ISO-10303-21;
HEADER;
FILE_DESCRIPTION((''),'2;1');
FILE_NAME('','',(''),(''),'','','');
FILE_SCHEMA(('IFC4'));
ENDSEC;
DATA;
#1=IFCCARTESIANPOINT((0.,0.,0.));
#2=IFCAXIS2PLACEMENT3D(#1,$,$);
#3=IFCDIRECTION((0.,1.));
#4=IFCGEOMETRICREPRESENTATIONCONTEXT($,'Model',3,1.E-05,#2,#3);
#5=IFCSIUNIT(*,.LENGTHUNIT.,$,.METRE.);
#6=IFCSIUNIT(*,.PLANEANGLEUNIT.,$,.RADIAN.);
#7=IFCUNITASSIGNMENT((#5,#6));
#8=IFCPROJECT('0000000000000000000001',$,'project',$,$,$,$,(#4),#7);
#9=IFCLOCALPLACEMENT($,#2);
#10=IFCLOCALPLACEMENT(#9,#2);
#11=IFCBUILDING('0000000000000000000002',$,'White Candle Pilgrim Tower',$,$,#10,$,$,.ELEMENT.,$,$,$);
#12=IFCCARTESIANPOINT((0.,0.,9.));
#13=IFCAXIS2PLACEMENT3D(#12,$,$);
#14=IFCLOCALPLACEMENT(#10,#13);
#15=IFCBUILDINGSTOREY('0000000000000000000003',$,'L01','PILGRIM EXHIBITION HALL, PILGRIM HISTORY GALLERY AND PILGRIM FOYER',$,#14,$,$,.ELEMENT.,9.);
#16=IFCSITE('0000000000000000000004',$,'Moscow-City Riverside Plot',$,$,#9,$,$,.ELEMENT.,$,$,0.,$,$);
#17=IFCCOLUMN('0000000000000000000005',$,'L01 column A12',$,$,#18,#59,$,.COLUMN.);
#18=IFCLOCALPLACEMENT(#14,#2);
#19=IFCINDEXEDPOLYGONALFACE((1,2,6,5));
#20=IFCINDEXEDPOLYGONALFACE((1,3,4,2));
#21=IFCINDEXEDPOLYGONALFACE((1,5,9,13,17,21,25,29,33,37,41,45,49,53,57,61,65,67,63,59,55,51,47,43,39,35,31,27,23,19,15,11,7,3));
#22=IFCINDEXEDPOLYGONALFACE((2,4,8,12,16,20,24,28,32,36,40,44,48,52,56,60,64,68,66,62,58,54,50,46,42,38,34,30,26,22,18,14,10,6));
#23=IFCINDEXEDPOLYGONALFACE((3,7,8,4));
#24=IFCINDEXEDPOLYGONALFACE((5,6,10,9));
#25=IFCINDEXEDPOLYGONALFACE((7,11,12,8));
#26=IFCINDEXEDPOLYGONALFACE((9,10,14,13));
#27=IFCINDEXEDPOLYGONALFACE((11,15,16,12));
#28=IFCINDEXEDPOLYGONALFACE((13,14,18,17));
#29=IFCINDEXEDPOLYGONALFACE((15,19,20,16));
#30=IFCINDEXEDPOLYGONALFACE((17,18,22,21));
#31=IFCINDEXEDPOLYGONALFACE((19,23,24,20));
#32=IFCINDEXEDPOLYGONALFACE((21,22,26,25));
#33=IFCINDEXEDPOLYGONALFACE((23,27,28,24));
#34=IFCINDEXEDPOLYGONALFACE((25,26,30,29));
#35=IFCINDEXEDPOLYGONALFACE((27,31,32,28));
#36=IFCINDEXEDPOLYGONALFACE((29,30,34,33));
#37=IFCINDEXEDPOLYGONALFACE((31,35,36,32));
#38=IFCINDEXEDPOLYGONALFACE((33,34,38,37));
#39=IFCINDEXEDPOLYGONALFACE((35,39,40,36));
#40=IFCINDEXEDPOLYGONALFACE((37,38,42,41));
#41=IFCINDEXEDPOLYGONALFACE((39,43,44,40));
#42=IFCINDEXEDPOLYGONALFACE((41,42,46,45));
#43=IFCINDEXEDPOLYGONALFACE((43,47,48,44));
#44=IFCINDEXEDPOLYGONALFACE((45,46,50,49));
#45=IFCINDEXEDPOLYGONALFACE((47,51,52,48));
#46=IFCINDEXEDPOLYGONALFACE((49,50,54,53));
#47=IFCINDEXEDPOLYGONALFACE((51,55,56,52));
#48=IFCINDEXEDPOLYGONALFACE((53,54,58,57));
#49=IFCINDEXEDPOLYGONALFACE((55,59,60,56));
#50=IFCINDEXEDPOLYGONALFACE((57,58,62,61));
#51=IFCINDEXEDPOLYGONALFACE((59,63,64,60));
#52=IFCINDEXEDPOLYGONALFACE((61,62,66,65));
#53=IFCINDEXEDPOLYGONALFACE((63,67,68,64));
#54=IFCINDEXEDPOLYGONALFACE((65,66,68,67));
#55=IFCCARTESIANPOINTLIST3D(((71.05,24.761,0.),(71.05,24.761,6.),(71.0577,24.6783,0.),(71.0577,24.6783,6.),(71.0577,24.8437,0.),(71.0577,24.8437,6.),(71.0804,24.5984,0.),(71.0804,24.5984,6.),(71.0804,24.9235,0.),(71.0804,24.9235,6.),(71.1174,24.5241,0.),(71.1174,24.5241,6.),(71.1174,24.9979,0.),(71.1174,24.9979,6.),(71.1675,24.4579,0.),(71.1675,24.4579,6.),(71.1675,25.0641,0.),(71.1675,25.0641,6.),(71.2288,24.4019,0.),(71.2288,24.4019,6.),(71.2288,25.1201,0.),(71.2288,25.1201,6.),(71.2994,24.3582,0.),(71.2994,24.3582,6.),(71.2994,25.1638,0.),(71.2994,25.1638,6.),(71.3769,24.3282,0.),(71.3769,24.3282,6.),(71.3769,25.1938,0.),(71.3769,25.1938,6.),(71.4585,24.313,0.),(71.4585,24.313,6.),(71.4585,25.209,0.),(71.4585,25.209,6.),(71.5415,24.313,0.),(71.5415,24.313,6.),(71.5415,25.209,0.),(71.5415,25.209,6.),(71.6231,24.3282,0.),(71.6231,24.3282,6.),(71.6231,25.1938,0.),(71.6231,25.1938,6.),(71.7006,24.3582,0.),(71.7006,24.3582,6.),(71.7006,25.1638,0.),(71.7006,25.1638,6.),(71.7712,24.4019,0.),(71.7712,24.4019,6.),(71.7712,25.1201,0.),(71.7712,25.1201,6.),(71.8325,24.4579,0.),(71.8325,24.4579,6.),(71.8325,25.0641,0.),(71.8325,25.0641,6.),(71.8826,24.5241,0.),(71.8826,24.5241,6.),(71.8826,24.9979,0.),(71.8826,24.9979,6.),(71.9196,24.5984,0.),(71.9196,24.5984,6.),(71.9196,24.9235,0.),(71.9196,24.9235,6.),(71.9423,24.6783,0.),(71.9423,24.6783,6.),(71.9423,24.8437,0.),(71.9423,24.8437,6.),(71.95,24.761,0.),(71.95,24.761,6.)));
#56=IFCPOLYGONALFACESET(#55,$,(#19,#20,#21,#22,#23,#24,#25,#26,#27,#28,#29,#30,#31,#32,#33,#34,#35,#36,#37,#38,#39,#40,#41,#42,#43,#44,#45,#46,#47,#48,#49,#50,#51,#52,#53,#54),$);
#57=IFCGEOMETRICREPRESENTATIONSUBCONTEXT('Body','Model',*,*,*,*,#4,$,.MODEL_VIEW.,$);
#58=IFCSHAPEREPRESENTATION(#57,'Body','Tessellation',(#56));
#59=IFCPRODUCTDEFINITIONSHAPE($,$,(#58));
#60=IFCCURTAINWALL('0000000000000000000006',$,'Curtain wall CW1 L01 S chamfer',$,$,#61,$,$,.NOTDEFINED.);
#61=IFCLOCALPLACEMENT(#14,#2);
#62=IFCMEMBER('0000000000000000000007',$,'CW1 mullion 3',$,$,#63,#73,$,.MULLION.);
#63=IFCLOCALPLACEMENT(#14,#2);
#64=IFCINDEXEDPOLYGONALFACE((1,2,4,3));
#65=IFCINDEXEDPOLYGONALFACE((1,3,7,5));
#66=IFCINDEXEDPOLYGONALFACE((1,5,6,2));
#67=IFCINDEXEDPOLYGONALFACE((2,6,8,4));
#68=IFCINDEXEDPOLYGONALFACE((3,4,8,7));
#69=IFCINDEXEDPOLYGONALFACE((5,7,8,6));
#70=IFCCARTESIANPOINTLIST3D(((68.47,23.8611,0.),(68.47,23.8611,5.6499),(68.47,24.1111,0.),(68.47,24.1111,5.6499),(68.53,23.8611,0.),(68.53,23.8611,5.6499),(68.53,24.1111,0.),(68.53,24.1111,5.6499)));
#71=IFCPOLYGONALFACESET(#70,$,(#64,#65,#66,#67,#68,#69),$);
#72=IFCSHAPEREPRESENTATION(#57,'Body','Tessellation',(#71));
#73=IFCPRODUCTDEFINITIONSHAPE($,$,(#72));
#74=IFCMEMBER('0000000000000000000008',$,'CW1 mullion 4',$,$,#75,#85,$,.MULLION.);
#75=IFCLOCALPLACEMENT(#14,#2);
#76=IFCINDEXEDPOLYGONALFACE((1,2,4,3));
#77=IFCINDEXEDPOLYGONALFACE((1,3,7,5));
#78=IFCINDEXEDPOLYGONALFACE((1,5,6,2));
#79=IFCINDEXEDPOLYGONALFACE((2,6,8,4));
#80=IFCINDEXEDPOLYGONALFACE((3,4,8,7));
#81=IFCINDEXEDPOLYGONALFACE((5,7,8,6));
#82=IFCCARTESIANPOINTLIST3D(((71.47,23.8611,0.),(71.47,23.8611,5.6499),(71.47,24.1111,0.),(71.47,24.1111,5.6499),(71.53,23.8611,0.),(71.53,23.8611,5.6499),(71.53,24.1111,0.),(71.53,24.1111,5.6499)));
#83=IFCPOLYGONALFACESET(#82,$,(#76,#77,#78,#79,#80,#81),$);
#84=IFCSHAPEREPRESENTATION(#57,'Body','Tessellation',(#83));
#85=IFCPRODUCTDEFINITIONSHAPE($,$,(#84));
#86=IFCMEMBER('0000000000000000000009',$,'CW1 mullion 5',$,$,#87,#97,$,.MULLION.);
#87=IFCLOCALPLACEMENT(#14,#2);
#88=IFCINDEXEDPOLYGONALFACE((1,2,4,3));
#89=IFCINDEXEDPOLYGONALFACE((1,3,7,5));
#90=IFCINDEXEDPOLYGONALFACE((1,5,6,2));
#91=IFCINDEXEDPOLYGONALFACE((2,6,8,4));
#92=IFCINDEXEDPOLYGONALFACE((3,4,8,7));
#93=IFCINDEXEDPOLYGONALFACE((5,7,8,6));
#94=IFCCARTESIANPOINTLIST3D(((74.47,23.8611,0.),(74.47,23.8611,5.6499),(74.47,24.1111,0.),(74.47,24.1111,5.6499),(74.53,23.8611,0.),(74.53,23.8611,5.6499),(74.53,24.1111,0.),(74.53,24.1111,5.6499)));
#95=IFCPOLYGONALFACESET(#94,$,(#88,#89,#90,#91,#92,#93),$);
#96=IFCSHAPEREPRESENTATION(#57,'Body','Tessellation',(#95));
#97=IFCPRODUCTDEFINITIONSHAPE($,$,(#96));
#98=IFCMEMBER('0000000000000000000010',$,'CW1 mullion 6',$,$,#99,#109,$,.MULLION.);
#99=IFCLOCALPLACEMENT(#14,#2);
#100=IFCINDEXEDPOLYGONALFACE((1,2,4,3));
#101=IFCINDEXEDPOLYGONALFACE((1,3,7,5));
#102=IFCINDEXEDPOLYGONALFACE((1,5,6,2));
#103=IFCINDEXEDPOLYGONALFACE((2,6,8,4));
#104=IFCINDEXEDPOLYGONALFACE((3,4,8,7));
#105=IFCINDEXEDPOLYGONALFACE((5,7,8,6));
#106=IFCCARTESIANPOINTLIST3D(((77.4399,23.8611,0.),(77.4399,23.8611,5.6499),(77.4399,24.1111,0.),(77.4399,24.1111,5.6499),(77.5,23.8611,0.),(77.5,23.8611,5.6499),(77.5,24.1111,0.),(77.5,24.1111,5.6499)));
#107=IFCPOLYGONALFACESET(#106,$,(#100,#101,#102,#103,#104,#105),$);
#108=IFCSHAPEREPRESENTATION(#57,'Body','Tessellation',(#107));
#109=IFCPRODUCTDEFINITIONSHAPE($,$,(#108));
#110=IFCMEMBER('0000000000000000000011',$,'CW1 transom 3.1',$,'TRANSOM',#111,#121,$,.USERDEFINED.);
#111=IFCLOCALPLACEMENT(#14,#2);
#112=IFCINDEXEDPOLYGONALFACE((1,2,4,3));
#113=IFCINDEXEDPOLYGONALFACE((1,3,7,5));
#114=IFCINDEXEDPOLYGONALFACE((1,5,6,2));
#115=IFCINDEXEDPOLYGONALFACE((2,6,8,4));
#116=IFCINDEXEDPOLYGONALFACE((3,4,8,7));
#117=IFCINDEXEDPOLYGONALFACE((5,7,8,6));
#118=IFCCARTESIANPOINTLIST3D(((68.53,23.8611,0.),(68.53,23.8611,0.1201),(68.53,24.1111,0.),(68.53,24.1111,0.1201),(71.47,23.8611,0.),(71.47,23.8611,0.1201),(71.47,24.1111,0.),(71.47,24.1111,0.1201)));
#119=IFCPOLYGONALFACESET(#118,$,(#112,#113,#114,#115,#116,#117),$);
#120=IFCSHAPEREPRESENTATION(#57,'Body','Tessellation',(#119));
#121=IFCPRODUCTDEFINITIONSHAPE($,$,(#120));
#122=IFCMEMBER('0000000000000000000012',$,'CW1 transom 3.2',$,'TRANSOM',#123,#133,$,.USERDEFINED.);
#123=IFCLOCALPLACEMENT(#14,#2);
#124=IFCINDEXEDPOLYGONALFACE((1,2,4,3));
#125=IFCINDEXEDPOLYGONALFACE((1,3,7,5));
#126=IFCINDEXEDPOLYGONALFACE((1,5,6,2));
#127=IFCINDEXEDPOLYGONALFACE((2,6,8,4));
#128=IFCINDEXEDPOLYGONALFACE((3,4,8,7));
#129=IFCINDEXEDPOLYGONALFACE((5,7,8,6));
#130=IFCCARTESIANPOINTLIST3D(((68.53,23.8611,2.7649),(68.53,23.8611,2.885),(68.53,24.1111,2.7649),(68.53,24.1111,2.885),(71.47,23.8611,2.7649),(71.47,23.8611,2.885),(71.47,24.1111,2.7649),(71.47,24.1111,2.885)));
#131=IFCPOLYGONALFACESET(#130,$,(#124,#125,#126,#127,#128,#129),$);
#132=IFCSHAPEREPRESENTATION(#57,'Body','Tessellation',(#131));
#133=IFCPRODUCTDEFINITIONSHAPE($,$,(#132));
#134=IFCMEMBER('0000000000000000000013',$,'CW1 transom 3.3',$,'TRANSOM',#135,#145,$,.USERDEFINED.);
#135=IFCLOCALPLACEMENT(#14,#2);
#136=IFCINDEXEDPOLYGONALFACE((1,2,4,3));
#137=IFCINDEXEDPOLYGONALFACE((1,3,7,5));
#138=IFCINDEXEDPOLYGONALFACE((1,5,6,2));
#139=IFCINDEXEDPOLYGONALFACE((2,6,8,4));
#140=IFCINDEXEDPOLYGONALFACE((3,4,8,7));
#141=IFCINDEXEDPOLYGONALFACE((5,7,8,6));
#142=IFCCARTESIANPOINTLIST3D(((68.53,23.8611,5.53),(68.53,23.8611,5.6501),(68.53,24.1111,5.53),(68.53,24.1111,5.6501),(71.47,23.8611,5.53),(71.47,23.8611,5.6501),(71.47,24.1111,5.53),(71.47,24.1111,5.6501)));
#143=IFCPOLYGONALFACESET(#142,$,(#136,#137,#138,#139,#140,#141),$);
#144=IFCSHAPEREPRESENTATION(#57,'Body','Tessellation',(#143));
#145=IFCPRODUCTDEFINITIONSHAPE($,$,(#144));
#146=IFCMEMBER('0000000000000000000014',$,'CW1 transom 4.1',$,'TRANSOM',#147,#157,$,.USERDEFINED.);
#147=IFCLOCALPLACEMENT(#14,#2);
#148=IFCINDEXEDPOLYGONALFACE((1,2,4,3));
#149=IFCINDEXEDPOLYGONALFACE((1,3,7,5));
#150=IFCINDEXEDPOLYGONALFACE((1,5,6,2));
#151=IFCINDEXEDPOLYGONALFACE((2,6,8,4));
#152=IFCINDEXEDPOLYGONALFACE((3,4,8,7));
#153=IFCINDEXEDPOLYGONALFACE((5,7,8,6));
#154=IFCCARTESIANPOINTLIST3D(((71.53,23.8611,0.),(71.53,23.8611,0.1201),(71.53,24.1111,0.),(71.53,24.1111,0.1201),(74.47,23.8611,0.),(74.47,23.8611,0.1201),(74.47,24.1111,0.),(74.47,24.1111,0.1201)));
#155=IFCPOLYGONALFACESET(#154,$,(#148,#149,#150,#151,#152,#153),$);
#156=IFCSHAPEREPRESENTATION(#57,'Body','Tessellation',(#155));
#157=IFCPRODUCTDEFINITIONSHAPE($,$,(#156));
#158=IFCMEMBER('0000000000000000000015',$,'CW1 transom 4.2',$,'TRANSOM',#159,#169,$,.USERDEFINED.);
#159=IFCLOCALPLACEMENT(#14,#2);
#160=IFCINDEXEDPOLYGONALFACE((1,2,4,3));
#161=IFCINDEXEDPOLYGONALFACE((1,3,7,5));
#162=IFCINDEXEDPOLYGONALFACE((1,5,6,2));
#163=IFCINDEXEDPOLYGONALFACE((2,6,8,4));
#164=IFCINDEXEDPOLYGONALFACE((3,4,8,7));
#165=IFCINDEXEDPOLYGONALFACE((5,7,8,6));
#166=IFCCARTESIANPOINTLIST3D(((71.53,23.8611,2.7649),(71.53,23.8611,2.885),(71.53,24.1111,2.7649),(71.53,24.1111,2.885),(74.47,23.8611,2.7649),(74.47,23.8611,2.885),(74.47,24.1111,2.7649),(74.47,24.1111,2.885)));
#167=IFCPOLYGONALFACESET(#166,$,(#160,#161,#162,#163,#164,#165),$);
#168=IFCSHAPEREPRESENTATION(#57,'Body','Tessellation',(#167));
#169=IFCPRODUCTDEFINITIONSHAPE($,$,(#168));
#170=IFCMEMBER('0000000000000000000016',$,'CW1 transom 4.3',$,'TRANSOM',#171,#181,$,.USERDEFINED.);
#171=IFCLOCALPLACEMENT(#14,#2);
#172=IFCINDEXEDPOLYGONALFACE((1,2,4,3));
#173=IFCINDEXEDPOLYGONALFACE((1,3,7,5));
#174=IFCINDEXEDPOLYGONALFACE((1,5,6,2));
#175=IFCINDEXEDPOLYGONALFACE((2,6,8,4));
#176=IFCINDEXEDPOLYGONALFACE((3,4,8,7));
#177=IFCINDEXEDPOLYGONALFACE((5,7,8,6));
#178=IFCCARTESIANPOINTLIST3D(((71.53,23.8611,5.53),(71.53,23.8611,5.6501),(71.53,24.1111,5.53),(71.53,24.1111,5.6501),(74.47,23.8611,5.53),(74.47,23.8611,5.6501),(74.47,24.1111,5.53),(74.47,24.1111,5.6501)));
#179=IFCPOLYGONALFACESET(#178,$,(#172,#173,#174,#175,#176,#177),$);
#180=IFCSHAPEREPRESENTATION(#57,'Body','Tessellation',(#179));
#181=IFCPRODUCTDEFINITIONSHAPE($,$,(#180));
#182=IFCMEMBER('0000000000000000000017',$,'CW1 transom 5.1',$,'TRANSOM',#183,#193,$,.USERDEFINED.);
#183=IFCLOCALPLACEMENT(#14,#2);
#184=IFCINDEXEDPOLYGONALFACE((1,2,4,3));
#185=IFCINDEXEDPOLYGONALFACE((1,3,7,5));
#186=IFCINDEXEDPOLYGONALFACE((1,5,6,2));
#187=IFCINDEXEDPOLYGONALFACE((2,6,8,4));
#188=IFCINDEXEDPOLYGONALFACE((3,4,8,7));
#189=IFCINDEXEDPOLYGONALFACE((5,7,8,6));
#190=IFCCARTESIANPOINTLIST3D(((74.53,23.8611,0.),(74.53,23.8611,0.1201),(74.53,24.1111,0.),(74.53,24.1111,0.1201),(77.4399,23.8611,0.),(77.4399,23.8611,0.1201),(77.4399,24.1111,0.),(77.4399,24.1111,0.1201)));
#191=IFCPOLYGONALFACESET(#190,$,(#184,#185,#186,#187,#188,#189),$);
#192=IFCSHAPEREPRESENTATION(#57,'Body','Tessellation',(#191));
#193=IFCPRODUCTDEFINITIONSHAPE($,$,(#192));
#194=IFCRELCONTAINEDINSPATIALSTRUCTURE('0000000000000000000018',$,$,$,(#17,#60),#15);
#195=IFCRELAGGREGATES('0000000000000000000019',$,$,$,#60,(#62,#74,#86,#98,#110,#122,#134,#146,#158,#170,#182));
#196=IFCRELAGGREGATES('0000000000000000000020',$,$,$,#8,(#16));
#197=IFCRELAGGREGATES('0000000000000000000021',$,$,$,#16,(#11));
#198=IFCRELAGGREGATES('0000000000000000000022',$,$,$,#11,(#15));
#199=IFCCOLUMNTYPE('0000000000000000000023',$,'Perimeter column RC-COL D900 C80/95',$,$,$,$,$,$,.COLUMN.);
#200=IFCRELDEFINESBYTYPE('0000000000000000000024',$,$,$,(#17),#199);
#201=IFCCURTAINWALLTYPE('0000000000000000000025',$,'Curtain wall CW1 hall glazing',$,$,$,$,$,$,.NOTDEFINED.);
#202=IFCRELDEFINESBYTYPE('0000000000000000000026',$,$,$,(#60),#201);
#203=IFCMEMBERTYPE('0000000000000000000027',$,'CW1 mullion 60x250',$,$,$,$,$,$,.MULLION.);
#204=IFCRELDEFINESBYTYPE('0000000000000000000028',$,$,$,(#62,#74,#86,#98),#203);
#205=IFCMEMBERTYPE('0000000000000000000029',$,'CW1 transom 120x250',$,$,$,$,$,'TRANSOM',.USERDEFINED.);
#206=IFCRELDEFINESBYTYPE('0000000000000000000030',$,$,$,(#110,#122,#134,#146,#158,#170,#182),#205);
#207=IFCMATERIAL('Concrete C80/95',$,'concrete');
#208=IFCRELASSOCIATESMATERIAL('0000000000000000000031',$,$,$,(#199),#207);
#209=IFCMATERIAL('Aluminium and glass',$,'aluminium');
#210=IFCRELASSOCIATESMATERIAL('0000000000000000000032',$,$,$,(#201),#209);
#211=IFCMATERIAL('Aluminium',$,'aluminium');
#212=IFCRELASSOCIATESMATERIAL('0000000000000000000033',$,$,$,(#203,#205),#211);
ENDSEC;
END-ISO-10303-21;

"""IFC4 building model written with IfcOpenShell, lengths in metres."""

from ifc_helpers import new_model, si_unit, direction, frame, origin, origin_2d, place, context, subcontext, project, spatial, rectangle, circle, extrude, material, material_profile, profile_set, type_object, element, aggregate, save


model = new_model("IFC4")

# Units and contexts
model_context = context("Model", 3, precision=1e-05, world=origin(), true_north=direction((0.0, 1.0)))
body_context = subcontext(model_context, "Body", "Model", "MODEL_VIEW")
ifc_project = project(units=[si_unit("LENGTHUNIT", "METRE"), si_unit("PLANEANGLEUNIT", "RADIAN")], contexts=[model_context])

# Site, building, storey
site_placement = place(None, origin())
site = spatial("IfcSite", under=ifc_project, at=site_placement, Name="Moscow-City Riverside Plot", CompositionType="ELEMENT", RefElevation=0.0)
building_placement = place(site_placement, origin())
building = spatial("IfcBuilding", under=site, at=building_placement, Name="White Candle Pilgrim Tower", CompositionType="ELEMENT")
storey_placement = place(building_placement, frame((0.0, 0.0, 9.0)))
storey = spatial("IfcBuildingStorey", under=building, at=storey_placement, Name="L01", Description="PILGRIM EXHIBITION HALL, PILGRIM HISTORY GALLERY AND PILGRIM FOYER", CompositionType="ELEMENT", Elevation=9.0)

# Column
ifc_material_1 = material(Name="Concrete C80/95", Category="concrete")
ifc_material_profile_1 = material_profile(ifc_material_1, circle(Radius=0.45, at=origin_2d()), Name="RC-COL D900")
ifc_profile_set_1 = profile_set([ifc_material_profile_1], Name="Concrete C80/95")
column_type = type_object("IfcColumnType", Name="Perimeter column RC-COL D900 C80/95", PredefinedType="COLUMN", material=ifc_profile_set_1)
column_placement = place(storey_placement, frame((71.5, 24.761, 0.0), z_axis=(0.0, 0.0, 1.0), x_axis=(1.0, 0.0, 0.0)))
element("IfcColumn", 1, at=column_placement, inside=storey, type_object=column_type, Name="L01 column A12", PredefinedType="COLUMN", context=body_context, shape_type="SweptSolid", body=[
    extrude(circle(Radius=0.45, at=origin_2d()), origin(), (0.0, 0.0, 1.0), 6.0),
])

# Curtain wall, members
ifc_material_2 = material(Name="Aluminium and glass", Category="aluminium")
curtain_wall_type = type_object("IfcCurtainWallType", Name="Curtain wall CW1 hall glazing", PredefinedType="NOTDEFINED", material=ifc_material_2)
curtain_wall_placement = place(storey_placement, origin())
curtain_wall = element("IfcCurtainWall", 2, at=curtain_wall_placement, inside=storey, type_object=curtain_wall_type, Name="Curtain wall CW1 L01 S chamfer", PredefinedType="NOTDEFINED")
ifc_material_3 = material(Name="Aluminium", Category="aluminium")
ifc_material_profile_2 = material_profile(ifc_material_3, rectangle(XDim=0.25, YDim=0.0601, at=origin_2d()), Name="CW1 mullion 60x250")
ifc_profile_set_2 = profile_set([ifc_material_profile_2], Name="Aluminium")
member_type_1 = type_object("IfcMemberType", Name="CW1 mullion 60x250", PredefinedType="MULLION", material=ifc_profile_set_2)
member_1_placement = place(storey_placement, frame((68.5, 23.9861, 0.0), z_axis=(0.0, 0.0, 1.0), x_axis=(0.0, 1.0, 0.0)))
member_1 = element("IfcMember", 3, at=member_1_placement, type_object=member_type_1, Name="CW1 mullion 3", PredefinedType="MULLION", context=body_context, shape_type="SweptSolid", body=[
    extrude(rectangle(XDim=0.25, YDim=0.0601, at=origin_2d()), origin(), (0.0, 0.0, 1.0), 5.6499),
])
member_2_placement = place(storey_placement, frame((71.5, 23.9861, 0.0), z_axis=(0.0, 0.0, 1.0), x_axis=(0.0, 1.0, 0.0)))
member_2 = element("IfcMember", 4, at=member_2_placement, type_object=member_type_1, Name="CW1 mullion 4", PredefinedType="MULLION", context=body_context, shape_type="SweptSolid", body=[
    extrude(rectangle(XDim=0.25, YDim=0.0601, at=origin_2d()), origin(), (0.0, 0.0, 1.0), 5.6499),
])
member_3_placement = place(storey_placement, frame((74.5, 23.9861, 0.0), z_axis=(0.0, 0.0, 1.0), x_axis=(0.0, 1.0, 0.0)))
member_3 = element("IfcMember", 5, at=member_3_placement, type_object=member_type_1, Name="CW1 mullion 5", PredefinedType="MULLION", context=body_context, shape_type="SweptSolid", body=[
    extrude(rectangle(XDim=0.25, YDim=0.0601, at=origin_2d()), origin(), (0.0, 0.0, 1.0), 5.6499),
])
member_4_placement = place(storey_placement, frame((77.47, 23.9861, 0.0), z_axis=(0.0, 0.0, 1.0), x_axis=(0.0, 1.0, 0.0)))
member_4 = element("IfcMember", 6, at=member_4_placement, type_object=member_type_1, Name="CW1 mullion 6", PredefinedType="MULLION", context=body_context, shape_type="SweptSolid", body=[
    extrude(rectangle(XDim=0.25, YDim=0.0601, at=origin_2d()), origin(), (0.0, 0.0, 1.0), 5.6499),
])
ifc_material_profile_3 = material_profile(ifc_material_3, rectangle(XDim=0.25, YDim=0.1201, at=origin_2d()), Name="CW1 transom 120x250")
ifc_profile_set_3 = profile_set([ifc_material_profile_3], Name="Aluminium")
member_type_2 = type_object("IfcMemberType", Name="CW1 transom 120x250", ElementType="TRANSOM", PredefinedType="USERDEFINED", material=ifc_profile_set_3)
member_5_placement = place(storey_placement, frame((68.53, 23.9861, 0.0601), z_axis=(1.0, 0.0, 0.0), x_axis=(0.0, 1.0, 0.0)))
member_5 = element("IfcMember", 7, at=member_5_placement, type_object=member_type_2, Name="CW1 transom 3.1", ObjectType="TRANSOM", PredefinedType="USERDEFINED", context=body_context, shape_type="SweptSolid", body=[
    extrude(rectangle(XDim=0.25, YDim=0.1201, at=origin_2d()), origin(), (0.0, 0.0, 1.0), 2.9399),
])
member_6_placement = place(storey_placement, frame((68.53, 23.9861, 2.825), z_axis=(1.0, 0.0, 0.0), x_axis=(0.0, 1.0, 0.0)))
member_6 = element("IfcMember", 8, at=member_6_placement, type_object=member_type_2, Name="CW1 transom 3.2", ObjectType="TRANSOM", PredefinedType="USERDEFINED", context=body_context, shape_type="SweptSolid", body=[
    extrude(rectangle(XDim=0.25, YDim=0.1201, at=origin_2d()), origin(), (0.0, 0.0, 1.0), 2.9399),
])
member_7_placement = place(storey_placement, frame((68.53, 23.9861, 5.5901), z_axis=(1.0, 0.0, 0.0), x_axis=(0.0, 1.0, 0.0)))
member_7 = element("IfcMember", 9, at=member_7_placement, type_object=member_type_2, Name="CW1 transom 3.3", ObjectType="TRANSOM", PredefinedType="USERDEFINED", context=body_context, shape_type="SweptSolid", body=[
    extrude(rectangle(XDim=0.25, YDim=0.1201, at=origin_2d()), origin(), (0.0, 0.0, 1.0), 2.9399),
])
member_8_placement = place(storey_placement, frame((71.53, 23.9861, 0.0601), z_axis=(1.0, 0.0, 0.0), x_axis=(0.0, 1.0, 0.0)))
member_8 = element("IfcMember", 10, at=member_8_placement, type_object=member_type_2, Name="CW1 transom 4.1", ObjectType="TRANSOM", PredefinedType="USERDEFINED", context=body_context, shape_type="SweptSolid", body=[
    extrude(rectangle(XDim=0.25, YDim=0.1201, at=origin_2d()), origin(), (0.0, 0.0, 1.0), 2.9399),
])
member_9_placement = place(storey_placement, frame((71.53, 23.9861, 2.825), z_axis=(1.0, 0.0, 0.0), x_axis=(0.0, 1.0, 0.0)))
member_9 = element("IfcMember", 11, at=member_9_placement, type_object=member_type_2, Name="CW1 transom 4.2", ObjectType="TRANSOM", PredefinedType="USERDEFINED", context=body_context, shape_type="SweptSolid", body=[
    extrude(rectangle(XDim=0.25, YDim=0.1201, at=origin_2d()), origin(), (0.0, 0.0, 1.0), 2.9399),
])
member_10_placement = place(storey_placement, frame((71.53, 23.9861, 5.5901), z_axis=(1.0, 0.0, 0.0), x_axis=(0.0, 1.0, 0.0)))
member_10 = element("IfcMember", 12, at=member_10_placement, type_object=member_type_2, Name="CW1 transom 4.3", ObjectType="TRANSOM", PredefinedType="USERDEFINED", context=body_context, shape_type="SweptSolid", body=[
    extrude(rectangle(XDim=0.25, YDim=0.1201, at=origin_2d()), origin(), (0.0, 0.0, 1.0), 2.9399),
])
member_11_placement = place(storey_placement, frame((74.53, 23.9861, 0.0601), z_axis=(1.0, 0.0, 0.0), x_axis=(0.0, 1.0, 0.0)))
member_11 = element("IfcMember", 13, at=member_11_placement, type_object=member_type_2, Name="CW1 transom 5.1", ObjectType="TRANSOM", PredefinedType="USERDEFINED", context=body_context, shape_type="SweptSolid", body=[
    extrude(rectangle(XDim=0.25, YDim=0.1201, at=origin_2d()), origin(), (0.0, 0.0, 1.0), 2.9099),
])

aggregate(curtain_wall, [member_1, member_2, member_3, member_4, member_5, member_6, member_7, member_8, member_9, member_10, member_11])

save(model, "model.ifc")
